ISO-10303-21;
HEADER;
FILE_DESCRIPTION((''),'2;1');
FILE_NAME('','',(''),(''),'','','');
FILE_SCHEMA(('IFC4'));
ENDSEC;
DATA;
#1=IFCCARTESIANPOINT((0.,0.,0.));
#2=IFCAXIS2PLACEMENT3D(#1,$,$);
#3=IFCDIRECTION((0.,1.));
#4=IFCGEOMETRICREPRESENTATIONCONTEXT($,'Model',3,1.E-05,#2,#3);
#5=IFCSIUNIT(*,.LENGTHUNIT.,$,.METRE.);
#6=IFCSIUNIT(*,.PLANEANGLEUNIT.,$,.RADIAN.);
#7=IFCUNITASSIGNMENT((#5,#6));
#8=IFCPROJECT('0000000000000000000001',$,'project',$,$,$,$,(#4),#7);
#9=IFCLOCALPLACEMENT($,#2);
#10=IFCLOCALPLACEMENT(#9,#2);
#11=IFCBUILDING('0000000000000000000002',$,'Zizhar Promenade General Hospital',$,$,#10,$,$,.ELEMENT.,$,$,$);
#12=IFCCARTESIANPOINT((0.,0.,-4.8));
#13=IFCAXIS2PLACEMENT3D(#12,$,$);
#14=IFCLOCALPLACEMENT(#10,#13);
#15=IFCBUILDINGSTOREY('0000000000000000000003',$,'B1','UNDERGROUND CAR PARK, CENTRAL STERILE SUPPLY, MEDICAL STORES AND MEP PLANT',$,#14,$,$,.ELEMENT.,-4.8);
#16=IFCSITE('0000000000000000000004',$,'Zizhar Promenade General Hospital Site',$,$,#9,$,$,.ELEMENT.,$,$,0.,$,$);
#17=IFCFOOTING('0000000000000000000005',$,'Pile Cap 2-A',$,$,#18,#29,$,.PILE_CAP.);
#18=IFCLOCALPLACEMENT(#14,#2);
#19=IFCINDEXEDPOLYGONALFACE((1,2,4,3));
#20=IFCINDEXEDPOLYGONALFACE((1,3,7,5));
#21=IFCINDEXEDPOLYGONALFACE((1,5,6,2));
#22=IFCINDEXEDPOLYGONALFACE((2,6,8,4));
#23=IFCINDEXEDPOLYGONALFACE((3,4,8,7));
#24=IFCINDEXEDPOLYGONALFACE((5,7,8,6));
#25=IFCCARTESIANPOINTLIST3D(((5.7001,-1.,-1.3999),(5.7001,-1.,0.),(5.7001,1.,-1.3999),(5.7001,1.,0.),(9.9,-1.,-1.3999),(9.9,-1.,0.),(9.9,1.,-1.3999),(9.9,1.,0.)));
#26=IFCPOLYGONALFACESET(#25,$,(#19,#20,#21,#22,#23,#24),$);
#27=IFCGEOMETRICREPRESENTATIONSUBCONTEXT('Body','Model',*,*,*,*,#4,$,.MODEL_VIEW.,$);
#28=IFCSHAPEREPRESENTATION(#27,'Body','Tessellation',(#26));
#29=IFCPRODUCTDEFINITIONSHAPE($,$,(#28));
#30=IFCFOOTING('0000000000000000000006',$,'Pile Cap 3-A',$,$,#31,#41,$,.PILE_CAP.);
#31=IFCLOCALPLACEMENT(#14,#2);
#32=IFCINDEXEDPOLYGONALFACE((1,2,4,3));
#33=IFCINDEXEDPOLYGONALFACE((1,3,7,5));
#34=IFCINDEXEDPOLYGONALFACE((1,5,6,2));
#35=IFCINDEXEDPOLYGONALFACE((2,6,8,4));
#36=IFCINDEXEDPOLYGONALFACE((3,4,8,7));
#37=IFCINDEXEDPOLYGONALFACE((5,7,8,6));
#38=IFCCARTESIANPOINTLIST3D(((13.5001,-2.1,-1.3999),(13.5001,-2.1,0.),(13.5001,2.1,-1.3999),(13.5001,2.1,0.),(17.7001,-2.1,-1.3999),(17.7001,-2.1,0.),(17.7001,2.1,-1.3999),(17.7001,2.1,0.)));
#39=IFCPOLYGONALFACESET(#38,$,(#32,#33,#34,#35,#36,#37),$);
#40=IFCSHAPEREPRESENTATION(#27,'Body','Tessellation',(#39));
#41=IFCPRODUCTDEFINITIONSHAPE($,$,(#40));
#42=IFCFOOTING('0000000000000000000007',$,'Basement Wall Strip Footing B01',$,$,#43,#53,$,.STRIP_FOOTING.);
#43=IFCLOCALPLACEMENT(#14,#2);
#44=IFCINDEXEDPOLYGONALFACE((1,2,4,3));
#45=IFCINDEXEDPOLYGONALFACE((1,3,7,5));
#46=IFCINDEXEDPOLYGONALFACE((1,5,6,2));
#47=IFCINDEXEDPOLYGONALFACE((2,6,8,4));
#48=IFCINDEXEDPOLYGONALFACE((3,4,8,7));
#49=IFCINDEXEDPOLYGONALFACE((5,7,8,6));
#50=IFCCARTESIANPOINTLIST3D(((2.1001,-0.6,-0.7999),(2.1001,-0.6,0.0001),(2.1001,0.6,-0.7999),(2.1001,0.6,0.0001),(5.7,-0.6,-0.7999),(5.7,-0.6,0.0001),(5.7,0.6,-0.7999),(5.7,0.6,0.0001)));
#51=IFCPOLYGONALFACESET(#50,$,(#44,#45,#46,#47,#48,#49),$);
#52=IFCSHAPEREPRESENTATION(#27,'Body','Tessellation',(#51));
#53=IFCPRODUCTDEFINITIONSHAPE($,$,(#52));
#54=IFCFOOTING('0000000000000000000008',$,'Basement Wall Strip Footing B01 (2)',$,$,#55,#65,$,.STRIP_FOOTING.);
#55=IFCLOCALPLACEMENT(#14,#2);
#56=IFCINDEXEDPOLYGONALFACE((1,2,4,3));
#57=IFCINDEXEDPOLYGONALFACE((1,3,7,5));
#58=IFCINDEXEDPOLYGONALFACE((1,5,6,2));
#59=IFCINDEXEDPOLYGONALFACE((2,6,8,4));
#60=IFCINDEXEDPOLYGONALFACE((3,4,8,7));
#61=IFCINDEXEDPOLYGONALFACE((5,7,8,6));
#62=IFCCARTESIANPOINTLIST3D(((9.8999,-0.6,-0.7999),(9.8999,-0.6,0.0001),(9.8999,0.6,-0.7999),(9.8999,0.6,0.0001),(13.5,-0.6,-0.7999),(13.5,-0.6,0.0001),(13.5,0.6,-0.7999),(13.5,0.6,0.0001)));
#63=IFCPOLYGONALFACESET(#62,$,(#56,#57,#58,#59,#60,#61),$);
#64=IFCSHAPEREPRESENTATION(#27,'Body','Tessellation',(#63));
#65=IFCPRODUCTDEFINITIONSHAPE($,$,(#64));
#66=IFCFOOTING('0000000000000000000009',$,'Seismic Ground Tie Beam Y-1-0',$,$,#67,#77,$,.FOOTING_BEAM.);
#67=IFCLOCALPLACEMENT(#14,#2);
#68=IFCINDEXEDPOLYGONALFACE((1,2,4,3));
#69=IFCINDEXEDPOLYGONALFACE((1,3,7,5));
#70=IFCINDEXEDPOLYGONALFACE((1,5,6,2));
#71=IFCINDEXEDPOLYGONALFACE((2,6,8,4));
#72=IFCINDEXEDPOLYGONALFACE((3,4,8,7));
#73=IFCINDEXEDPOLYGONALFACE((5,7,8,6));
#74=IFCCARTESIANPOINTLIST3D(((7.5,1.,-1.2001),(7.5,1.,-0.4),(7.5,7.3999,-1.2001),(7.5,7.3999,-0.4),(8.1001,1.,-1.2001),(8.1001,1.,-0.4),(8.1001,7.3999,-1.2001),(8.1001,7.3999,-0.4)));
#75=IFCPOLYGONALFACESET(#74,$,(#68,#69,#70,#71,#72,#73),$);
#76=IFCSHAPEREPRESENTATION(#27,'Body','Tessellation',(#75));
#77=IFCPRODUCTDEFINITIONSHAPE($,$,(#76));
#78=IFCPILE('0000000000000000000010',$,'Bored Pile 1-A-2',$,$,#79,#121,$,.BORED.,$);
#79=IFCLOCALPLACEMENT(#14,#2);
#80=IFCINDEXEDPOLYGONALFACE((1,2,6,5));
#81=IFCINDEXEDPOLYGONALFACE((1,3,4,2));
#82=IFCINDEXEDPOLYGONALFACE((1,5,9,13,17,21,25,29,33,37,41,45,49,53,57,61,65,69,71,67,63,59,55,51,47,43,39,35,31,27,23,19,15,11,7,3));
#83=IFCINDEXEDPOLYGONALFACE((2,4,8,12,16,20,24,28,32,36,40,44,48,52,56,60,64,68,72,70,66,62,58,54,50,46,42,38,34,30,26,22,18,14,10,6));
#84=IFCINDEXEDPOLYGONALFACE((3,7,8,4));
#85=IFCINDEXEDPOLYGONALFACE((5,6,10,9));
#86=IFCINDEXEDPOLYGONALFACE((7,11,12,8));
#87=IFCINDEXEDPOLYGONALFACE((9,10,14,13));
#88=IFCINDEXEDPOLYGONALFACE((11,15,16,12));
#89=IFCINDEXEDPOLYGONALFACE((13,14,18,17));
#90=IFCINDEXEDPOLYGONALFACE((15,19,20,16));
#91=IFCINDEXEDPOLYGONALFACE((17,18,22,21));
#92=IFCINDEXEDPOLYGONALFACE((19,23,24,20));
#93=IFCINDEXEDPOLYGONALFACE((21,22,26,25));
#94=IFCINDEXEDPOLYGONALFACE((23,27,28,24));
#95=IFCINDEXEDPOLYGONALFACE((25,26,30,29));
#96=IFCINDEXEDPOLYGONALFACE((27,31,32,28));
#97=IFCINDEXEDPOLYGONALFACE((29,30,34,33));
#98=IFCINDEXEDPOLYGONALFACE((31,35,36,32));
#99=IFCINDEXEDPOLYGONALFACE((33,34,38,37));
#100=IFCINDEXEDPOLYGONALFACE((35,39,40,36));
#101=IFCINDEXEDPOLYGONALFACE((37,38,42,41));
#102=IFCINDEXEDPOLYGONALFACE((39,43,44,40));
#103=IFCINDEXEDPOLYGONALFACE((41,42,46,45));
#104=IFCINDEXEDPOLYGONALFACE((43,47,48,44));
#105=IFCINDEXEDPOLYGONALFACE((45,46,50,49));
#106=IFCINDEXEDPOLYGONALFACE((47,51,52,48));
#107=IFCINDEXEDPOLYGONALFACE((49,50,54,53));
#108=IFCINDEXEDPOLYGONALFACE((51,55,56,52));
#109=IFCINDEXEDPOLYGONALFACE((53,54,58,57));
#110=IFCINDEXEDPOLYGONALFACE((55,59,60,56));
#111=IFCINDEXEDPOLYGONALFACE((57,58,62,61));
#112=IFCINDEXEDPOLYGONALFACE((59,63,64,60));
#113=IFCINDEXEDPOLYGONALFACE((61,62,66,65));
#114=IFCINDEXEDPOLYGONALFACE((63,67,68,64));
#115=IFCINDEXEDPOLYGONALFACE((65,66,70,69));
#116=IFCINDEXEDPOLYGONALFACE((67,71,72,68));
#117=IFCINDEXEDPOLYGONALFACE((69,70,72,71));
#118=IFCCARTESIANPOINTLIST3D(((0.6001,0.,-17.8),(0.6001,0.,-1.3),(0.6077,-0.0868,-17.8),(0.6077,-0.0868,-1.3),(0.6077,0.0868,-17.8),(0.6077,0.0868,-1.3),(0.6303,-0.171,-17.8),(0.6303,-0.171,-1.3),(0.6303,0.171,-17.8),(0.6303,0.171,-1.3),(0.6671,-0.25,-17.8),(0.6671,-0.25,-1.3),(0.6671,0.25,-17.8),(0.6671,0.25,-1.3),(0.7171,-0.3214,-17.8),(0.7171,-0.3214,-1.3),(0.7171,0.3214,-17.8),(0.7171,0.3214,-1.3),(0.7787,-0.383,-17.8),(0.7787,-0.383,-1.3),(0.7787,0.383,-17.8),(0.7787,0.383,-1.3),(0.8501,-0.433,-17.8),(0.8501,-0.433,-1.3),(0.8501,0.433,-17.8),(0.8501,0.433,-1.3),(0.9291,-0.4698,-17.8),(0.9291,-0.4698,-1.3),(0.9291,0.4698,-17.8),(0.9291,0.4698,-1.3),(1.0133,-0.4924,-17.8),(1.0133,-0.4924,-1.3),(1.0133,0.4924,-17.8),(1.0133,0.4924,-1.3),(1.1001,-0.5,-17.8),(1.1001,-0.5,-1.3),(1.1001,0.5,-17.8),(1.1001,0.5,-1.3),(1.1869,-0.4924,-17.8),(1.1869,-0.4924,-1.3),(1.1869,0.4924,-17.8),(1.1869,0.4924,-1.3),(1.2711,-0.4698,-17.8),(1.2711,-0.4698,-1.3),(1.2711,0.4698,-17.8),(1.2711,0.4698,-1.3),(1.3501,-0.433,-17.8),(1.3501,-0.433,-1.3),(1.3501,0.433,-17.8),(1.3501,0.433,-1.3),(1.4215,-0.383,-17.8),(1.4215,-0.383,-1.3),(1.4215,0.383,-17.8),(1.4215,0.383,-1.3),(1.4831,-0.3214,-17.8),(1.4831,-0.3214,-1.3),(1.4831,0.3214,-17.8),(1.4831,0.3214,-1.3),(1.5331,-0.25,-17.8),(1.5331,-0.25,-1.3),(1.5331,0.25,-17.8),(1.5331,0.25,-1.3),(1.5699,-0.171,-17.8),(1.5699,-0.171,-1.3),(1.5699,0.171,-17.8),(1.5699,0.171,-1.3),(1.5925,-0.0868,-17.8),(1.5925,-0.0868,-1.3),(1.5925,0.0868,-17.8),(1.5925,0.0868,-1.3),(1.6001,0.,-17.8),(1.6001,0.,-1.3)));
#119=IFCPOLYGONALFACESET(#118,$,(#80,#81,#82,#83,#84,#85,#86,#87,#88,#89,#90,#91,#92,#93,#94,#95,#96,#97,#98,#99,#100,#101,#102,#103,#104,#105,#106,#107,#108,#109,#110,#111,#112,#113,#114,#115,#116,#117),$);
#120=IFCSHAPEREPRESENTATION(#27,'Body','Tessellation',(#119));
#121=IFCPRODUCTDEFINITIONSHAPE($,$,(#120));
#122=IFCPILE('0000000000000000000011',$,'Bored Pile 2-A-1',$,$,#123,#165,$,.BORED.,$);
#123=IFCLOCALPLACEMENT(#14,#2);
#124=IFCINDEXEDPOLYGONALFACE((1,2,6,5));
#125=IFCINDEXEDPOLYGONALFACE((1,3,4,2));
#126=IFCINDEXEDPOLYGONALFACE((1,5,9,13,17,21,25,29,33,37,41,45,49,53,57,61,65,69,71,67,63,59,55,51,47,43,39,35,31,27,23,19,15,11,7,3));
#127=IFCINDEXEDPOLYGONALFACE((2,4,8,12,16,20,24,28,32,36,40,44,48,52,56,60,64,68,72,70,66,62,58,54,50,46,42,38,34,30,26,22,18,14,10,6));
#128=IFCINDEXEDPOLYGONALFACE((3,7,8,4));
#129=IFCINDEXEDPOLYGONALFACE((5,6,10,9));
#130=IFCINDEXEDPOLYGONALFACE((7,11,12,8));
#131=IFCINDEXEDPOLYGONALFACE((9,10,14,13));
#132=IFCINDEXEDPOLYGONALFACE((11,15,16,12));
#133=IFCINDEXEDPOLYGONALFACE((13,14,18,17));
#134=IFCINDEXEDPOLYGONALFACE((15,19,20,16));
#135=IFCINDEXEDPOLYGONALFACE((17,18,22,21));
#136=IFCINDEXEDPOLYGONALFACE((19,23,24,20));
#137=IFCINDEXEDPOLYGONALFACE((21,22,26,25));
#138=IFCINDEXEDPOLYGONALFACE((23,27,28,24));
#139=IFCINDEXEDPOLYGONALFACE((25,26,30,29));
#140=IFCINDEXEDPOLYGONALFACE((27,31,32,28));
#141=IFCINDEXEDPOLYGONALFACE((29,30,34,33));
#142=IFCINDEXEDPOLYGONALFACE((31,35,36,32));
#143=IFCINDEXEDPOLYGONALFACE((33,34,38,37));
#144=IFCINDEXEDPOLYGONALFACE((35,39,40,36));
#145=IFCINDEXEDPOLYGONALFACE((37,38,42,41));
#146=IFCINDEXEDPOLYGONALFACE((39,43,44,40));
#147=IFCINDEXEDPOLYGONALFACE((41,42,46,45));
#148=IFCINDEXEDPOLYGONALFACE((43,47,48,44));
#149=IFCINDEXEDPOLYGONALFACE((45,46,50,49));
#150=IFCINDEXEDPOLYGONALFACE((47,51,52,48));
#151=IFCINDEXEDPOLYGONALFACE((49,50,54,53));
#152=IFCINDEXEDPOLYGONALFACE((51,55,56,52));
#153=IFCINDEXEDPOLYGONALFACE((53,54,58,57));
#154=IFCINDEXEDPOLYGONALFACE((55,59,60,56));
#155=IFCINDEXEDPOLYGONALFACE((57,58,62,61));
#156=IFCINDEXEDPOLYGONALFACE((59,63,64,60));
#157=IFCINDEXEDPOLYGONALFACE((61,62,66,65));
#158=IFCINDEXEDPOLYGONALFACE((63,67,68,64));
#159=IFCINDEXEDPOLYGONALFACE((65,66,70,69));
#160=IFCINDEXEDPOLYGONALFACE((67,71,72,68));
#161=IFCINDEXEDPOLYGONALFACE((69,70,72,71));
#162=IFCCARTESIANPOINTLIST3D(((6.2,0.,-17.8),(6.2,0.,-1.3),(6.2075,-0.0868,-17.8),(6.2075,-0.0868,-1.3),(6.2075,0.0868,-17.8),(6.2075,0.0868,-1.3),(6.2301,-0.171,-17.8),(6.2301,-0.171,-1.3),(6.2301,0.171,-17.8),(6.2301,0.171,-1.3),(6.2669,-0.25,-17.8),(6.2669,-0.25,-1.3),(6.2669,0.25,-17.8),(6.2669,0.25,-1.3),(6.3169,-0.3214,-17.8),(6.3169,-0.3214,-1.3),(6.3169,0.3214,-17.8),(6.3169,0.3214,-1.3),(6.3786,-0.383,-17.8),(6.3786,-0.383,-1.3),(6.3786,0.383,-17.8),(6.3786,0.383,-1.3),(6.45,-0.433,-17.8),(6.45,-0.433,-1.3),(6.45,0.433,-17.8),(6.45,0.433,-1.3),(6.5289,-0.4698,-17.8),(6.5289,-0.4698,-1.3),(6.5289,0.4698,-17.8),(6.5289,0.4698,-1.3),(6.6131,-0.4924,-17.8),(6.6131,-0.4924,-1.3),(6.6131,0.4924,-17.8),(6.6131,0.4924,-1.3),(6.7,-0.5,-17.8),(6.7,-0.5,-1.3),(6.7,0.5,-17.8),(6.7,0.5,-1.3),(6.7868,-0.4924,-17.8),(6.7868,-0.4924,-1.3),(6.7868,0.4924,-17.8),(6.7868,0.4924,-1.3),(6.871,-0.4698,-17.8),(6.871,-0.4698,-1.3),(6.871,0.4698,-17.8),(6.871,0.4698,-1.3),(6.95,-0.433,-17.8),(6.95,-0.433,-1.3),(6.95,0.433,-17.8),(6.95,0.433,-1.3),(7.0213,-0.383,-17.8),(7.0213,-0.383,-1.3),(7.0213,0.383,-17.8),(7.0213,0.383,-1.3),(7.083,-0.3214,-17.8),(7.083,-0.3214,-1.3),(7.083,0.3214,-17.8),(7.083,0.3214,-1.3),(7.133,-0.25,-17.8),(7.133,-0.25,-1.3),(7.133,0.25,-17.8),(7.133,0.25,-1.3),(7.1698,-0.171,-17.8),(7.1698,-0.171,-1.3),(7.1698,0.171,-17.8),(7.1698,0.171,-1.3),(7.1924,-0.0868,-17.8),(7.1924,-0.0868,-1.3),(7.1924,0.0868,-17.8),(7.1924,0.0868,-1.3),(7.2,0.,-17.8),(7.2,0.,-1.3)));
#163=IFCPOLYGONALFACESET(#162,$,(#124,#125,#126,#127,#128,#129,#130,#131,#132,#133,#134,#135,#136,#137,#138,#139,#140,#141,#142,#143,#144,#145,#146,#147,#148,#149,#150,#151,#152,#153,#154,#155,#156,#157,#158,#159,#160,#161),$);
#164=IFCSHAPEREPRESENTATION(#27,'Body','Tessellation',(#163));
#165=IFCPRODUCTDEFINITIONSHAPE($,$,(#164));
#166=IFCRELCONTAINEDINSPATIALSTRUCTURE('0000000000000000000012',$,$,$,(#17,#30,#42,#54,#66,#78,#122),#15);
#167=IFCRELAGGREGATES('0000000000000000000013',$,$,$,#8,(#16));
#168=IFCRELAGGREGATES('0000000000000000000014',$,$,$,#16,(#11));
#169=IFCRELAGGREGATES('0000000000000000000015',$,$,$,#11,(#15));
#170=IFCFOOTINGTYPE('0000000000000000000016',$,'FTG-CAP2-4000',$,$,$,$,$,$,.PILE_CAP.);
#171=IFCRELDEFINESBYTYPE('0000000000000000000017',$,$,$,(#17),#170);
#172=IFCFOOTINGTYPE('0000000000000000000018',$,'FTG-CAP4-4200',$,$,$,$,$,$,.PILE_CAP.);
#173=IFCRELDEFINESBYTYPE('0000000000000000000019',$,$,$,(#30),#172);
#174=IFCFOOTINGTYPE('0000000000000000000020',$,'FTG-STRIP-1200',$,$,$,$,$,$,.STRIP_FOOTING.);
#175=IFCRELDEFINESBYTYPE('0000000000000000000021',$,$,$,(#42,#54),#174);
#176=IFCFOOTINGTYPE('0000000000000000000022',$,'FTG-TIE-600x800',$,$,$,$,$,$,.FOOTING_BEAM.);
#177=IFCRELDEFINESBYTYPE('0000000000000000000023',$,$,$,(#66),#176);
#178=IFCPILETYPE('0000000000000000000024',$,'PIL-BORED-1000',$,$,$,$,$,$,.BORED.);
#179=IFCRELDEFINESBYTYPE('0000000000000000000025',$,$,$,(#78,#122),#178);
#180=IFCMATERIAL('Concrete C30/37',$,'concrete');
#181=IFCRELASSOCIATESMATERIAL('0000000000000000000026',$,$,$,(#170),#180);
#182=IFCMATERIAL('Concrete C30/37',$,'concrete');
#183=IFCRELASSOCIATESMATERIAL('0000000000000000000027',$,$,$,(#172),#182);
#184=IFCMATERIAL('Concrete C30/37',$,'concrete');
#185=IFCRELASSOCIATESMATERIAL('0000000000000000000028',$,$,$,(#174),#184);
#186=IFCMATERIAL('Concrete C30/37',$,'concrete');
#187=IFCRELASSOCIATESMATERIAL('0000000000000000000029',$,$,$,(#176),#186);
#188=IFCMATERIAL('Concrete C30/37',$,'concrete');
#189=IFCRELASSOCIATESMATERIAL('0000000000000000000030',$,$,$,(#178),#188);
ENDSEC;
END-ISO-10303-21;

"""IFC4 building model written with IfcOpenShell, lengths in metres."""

from ifc_helpers import new_model, si_unit, direction, frame, origin, origin_2d, place, context, subcontext, project, spatial, rectangle, circle, extrude, material, material_profile, profile_set, type_object, element, save


model = new_model("IFC4")

# Units and contexts
model_context = context("Model", 3, precision=1e-05, world=origin(), true_north=direction((0.0, 1.0)))
body_context = subcontext(model_context, "Body", "Model", "MODEL_VIEW")
ifc_project = project(units=[si_unit("LENGTHUNIT", "METRE"), si_unit("PLANEANGLEUNIT", "RADIAN")], contexts=[model_context])

# Site, building, storey
site_placement = place(None, origin())
site = spatial("IfcSite", under=ifc_project, at=site_placement, Name="Zizhar Promenade General Hospital Site", CompositionType="ELEMENT", RefElevation=0.0)
building_placement = place(site_placement, origin())
building = spatial("IfcBuilding", under=site, at=building_placement, Name="Zizhar Promenade General Hospital", CompositionType="ELEMENT")
storey_placement = place(building_placement, frame((0.0, 0.0, -4.8)))
storey = spatial("IfcBuildingStorey", under=building, at=storey_placement, Name="B1", Description="UNDERGROUND CAR PARK, CENTRAL STERILE SUPPLY, MEDICAL STORES AND MEP PLANT", CompositionType="ELEMENT", Elevation=-4.8)

# Footings
ifc_material_1 = material(Name="Concrete C30/37", Category="concrete")
footing_type_1 = type_object("IfcFootingType", Name="FTG-CAP2-4000", PredefinedType="PILE_CAP", material=ifc_material_1)
footing_1_placement = place(storey_placement, frame((7.8, 0.0, -1.3999), z_axis=(0.0, 0.0, 1.0), x_axis=(1.0, 0.0, 0.0)))
element("IfcFooting", 1, at=footing_1_placement, inside=storey, type_object=footing_type_1, Name="Pile Cap 2-A", PredefinedType="PILE_CAP", context=body_context, shape_type="SweptSolid", body=[
    extrude(rectangle(XDim=4.2, YDim=2.0, at=origin_2d()), origin(), (0.0, 0.0, 1.0), 1.3999),
])
ifc_material_2 = material(Name="Concrete C30/37", Category="concrete")
footing_type_2 = type_object("IfcFootingType", Name="FTG-CAP4-4200", PredefinedType="PILE_CAP", material=ifc_material_2)
footing_2_placement = place(storey_placement, frame((15.6001, 0.0, -1.3999), z_axis=(0.0, 0.0, 1.0), x_axis=(1.0, 0.0, 0.0)))
element("IfcFooting", 2, at=footing_2_placement, inside=storey, type_object=footing_type_2, Name="Pile Cap 3-A", PredefinedType="PILE_CAP", context=body_context, shape_type="SweptSolid", body=[
    extrude(rectangle(XDim=4.2, YDim=4.2, at=origin_2d()), origin(), (0.0, 0.0, 1.0), 1.3999),
])
ifc_material_3 = material(Name="Concrete C30/37", Category="concrete")
ifc_material_profile_1 = material_profile(ifc_material_3, rectangle(XDim=1.2, YDim=0.8, at=origin_2d()))
ifc_profile_set_1 = profile_set([ifc_material_profile_1], Name="Concrete C30/37")
footing_type_3 = type_object("IfcFootingType", Name="FTG-STRIP-1200", PredefinedType="STRIP_FOOTING", material=ifc_profile_set_1)
footing_3_placement = place(storey_placement, frame((2.1001, 0.0, -0.3999), z_axis=(1.0, 0.0, 0.0), x_axis=(0.0, 1.0, 0.0)))
element("IfcFooting", 3, at=footing_3_placement, inside=storey, type_object=footing_type_3, Name="Basement Wall Strip Footing B01", PredefinedType="STRIP_FOOTING", context=body_context, shape_type="SweptSolid", body=[
    extrude(rectangle(XDim=1.2, YDim=0.8, at=origin_2d()), origin(), (0.0, 0.0, 1.0), 3.5999),
])
footing_4_placement = place(storey_placement, frame((9.8999, 0.0, -0.3999), z_axis=(1.0, 0.0, 0.0), x_axis=(0.0, 1.0, 0.0)))
element("IfcFooting", 4, at=footing_4_placement, inside=storey, type_object=footing_type_3, Name="Basement Wall Strip Footing B01 (2)", PredefinedType="STRIP_FOOTING", context=body_context, shape_type="SweptSolid", body=[
    extrude(rectangle(XDim=1.2, YDim=0.8, at=origin_2d()), origin(), (0.0, 0.0, 1.0), 3.6001),
])
ifc_material_4 = material(Name="Concrete C30/37", Category="concrete")
ifc_material_profile_2 = material_profile(ifc_material_4, rectangle(XDim=0.6001, YDim=0.8, at=origin_2d()))
ifc_profile_set_2 = profile_set([ifc_material_profile_2], Name="Concrete C30/37")
footing_type_4 = type_object("IfcFootingType", Name="FTG-TIE-600x800", PredefinedType="FOOTING_BEAM", material=ifc_profile_set_2)
footing_5_placement = place(storey_placement, frame((7.8, 1.0, -0.8), z_axis=(0.0, 1.0, 0.0), x_axis=(-1.0, 0.0, 0.0)))
element("IfcFooting", 5, at=footing_5_placement, inside=storey, type_object=footing_type_4, Name="Seismic Ground Tie Beam Y-1-0", PredefinedType="FOOTING_BEAM", context=body_context, shape_type="SweptSolid", body=[
    extrude(rectangle(XDim=0.6001, YDim=0.8, at=origin_2d()), origin(), (0.0, 0.0, 1.0), 6.3999),
])

# Piles
ifc_material_5 = material(Name="Concrete C30/37", Category="concrete")
ifc_material_profile_3 = material_profile(ifc_material_5, circle(Radius=0.5, at=origin_2d()))
ifc_profile_set_3 = profile_set([ifc_material_profile_3], Name="Concrete C30/37")
pile_type = type_object("IfcPileType", Name="PIL-BORED-1000", PredefinedType="BORED", material=ifc_profile_set_3)
for number, where, z_axis, x_axis, name in (
    (6, (1.1001, 0.0, -1.3), (0.0, 0.0, -1.0), (1.0, 0.0, 0.0), "Bored Pile 1-A-2"),
    (7, (6.7, 0.0, -1.3), (0.0, 0.0, -1.0), (1.0, 0.0, 0.0), "Bored Pile 2-A-1"),
):
    element("IfcPile", number, at=place(storey_placement, frame(where, z_axis=z_axis, x_axis=x_axis)), inside=storey, type_object=pile_type, Name=name, PredefinedType="BORED", context=body_context, shape_type="SweptSolid", body=[
        extrude(circle(Radius=0.5, at=origin_2d()), origin(), (0.0, 0.0, 1.0), 16.5),
    ])

save(model, "model.ifc")
